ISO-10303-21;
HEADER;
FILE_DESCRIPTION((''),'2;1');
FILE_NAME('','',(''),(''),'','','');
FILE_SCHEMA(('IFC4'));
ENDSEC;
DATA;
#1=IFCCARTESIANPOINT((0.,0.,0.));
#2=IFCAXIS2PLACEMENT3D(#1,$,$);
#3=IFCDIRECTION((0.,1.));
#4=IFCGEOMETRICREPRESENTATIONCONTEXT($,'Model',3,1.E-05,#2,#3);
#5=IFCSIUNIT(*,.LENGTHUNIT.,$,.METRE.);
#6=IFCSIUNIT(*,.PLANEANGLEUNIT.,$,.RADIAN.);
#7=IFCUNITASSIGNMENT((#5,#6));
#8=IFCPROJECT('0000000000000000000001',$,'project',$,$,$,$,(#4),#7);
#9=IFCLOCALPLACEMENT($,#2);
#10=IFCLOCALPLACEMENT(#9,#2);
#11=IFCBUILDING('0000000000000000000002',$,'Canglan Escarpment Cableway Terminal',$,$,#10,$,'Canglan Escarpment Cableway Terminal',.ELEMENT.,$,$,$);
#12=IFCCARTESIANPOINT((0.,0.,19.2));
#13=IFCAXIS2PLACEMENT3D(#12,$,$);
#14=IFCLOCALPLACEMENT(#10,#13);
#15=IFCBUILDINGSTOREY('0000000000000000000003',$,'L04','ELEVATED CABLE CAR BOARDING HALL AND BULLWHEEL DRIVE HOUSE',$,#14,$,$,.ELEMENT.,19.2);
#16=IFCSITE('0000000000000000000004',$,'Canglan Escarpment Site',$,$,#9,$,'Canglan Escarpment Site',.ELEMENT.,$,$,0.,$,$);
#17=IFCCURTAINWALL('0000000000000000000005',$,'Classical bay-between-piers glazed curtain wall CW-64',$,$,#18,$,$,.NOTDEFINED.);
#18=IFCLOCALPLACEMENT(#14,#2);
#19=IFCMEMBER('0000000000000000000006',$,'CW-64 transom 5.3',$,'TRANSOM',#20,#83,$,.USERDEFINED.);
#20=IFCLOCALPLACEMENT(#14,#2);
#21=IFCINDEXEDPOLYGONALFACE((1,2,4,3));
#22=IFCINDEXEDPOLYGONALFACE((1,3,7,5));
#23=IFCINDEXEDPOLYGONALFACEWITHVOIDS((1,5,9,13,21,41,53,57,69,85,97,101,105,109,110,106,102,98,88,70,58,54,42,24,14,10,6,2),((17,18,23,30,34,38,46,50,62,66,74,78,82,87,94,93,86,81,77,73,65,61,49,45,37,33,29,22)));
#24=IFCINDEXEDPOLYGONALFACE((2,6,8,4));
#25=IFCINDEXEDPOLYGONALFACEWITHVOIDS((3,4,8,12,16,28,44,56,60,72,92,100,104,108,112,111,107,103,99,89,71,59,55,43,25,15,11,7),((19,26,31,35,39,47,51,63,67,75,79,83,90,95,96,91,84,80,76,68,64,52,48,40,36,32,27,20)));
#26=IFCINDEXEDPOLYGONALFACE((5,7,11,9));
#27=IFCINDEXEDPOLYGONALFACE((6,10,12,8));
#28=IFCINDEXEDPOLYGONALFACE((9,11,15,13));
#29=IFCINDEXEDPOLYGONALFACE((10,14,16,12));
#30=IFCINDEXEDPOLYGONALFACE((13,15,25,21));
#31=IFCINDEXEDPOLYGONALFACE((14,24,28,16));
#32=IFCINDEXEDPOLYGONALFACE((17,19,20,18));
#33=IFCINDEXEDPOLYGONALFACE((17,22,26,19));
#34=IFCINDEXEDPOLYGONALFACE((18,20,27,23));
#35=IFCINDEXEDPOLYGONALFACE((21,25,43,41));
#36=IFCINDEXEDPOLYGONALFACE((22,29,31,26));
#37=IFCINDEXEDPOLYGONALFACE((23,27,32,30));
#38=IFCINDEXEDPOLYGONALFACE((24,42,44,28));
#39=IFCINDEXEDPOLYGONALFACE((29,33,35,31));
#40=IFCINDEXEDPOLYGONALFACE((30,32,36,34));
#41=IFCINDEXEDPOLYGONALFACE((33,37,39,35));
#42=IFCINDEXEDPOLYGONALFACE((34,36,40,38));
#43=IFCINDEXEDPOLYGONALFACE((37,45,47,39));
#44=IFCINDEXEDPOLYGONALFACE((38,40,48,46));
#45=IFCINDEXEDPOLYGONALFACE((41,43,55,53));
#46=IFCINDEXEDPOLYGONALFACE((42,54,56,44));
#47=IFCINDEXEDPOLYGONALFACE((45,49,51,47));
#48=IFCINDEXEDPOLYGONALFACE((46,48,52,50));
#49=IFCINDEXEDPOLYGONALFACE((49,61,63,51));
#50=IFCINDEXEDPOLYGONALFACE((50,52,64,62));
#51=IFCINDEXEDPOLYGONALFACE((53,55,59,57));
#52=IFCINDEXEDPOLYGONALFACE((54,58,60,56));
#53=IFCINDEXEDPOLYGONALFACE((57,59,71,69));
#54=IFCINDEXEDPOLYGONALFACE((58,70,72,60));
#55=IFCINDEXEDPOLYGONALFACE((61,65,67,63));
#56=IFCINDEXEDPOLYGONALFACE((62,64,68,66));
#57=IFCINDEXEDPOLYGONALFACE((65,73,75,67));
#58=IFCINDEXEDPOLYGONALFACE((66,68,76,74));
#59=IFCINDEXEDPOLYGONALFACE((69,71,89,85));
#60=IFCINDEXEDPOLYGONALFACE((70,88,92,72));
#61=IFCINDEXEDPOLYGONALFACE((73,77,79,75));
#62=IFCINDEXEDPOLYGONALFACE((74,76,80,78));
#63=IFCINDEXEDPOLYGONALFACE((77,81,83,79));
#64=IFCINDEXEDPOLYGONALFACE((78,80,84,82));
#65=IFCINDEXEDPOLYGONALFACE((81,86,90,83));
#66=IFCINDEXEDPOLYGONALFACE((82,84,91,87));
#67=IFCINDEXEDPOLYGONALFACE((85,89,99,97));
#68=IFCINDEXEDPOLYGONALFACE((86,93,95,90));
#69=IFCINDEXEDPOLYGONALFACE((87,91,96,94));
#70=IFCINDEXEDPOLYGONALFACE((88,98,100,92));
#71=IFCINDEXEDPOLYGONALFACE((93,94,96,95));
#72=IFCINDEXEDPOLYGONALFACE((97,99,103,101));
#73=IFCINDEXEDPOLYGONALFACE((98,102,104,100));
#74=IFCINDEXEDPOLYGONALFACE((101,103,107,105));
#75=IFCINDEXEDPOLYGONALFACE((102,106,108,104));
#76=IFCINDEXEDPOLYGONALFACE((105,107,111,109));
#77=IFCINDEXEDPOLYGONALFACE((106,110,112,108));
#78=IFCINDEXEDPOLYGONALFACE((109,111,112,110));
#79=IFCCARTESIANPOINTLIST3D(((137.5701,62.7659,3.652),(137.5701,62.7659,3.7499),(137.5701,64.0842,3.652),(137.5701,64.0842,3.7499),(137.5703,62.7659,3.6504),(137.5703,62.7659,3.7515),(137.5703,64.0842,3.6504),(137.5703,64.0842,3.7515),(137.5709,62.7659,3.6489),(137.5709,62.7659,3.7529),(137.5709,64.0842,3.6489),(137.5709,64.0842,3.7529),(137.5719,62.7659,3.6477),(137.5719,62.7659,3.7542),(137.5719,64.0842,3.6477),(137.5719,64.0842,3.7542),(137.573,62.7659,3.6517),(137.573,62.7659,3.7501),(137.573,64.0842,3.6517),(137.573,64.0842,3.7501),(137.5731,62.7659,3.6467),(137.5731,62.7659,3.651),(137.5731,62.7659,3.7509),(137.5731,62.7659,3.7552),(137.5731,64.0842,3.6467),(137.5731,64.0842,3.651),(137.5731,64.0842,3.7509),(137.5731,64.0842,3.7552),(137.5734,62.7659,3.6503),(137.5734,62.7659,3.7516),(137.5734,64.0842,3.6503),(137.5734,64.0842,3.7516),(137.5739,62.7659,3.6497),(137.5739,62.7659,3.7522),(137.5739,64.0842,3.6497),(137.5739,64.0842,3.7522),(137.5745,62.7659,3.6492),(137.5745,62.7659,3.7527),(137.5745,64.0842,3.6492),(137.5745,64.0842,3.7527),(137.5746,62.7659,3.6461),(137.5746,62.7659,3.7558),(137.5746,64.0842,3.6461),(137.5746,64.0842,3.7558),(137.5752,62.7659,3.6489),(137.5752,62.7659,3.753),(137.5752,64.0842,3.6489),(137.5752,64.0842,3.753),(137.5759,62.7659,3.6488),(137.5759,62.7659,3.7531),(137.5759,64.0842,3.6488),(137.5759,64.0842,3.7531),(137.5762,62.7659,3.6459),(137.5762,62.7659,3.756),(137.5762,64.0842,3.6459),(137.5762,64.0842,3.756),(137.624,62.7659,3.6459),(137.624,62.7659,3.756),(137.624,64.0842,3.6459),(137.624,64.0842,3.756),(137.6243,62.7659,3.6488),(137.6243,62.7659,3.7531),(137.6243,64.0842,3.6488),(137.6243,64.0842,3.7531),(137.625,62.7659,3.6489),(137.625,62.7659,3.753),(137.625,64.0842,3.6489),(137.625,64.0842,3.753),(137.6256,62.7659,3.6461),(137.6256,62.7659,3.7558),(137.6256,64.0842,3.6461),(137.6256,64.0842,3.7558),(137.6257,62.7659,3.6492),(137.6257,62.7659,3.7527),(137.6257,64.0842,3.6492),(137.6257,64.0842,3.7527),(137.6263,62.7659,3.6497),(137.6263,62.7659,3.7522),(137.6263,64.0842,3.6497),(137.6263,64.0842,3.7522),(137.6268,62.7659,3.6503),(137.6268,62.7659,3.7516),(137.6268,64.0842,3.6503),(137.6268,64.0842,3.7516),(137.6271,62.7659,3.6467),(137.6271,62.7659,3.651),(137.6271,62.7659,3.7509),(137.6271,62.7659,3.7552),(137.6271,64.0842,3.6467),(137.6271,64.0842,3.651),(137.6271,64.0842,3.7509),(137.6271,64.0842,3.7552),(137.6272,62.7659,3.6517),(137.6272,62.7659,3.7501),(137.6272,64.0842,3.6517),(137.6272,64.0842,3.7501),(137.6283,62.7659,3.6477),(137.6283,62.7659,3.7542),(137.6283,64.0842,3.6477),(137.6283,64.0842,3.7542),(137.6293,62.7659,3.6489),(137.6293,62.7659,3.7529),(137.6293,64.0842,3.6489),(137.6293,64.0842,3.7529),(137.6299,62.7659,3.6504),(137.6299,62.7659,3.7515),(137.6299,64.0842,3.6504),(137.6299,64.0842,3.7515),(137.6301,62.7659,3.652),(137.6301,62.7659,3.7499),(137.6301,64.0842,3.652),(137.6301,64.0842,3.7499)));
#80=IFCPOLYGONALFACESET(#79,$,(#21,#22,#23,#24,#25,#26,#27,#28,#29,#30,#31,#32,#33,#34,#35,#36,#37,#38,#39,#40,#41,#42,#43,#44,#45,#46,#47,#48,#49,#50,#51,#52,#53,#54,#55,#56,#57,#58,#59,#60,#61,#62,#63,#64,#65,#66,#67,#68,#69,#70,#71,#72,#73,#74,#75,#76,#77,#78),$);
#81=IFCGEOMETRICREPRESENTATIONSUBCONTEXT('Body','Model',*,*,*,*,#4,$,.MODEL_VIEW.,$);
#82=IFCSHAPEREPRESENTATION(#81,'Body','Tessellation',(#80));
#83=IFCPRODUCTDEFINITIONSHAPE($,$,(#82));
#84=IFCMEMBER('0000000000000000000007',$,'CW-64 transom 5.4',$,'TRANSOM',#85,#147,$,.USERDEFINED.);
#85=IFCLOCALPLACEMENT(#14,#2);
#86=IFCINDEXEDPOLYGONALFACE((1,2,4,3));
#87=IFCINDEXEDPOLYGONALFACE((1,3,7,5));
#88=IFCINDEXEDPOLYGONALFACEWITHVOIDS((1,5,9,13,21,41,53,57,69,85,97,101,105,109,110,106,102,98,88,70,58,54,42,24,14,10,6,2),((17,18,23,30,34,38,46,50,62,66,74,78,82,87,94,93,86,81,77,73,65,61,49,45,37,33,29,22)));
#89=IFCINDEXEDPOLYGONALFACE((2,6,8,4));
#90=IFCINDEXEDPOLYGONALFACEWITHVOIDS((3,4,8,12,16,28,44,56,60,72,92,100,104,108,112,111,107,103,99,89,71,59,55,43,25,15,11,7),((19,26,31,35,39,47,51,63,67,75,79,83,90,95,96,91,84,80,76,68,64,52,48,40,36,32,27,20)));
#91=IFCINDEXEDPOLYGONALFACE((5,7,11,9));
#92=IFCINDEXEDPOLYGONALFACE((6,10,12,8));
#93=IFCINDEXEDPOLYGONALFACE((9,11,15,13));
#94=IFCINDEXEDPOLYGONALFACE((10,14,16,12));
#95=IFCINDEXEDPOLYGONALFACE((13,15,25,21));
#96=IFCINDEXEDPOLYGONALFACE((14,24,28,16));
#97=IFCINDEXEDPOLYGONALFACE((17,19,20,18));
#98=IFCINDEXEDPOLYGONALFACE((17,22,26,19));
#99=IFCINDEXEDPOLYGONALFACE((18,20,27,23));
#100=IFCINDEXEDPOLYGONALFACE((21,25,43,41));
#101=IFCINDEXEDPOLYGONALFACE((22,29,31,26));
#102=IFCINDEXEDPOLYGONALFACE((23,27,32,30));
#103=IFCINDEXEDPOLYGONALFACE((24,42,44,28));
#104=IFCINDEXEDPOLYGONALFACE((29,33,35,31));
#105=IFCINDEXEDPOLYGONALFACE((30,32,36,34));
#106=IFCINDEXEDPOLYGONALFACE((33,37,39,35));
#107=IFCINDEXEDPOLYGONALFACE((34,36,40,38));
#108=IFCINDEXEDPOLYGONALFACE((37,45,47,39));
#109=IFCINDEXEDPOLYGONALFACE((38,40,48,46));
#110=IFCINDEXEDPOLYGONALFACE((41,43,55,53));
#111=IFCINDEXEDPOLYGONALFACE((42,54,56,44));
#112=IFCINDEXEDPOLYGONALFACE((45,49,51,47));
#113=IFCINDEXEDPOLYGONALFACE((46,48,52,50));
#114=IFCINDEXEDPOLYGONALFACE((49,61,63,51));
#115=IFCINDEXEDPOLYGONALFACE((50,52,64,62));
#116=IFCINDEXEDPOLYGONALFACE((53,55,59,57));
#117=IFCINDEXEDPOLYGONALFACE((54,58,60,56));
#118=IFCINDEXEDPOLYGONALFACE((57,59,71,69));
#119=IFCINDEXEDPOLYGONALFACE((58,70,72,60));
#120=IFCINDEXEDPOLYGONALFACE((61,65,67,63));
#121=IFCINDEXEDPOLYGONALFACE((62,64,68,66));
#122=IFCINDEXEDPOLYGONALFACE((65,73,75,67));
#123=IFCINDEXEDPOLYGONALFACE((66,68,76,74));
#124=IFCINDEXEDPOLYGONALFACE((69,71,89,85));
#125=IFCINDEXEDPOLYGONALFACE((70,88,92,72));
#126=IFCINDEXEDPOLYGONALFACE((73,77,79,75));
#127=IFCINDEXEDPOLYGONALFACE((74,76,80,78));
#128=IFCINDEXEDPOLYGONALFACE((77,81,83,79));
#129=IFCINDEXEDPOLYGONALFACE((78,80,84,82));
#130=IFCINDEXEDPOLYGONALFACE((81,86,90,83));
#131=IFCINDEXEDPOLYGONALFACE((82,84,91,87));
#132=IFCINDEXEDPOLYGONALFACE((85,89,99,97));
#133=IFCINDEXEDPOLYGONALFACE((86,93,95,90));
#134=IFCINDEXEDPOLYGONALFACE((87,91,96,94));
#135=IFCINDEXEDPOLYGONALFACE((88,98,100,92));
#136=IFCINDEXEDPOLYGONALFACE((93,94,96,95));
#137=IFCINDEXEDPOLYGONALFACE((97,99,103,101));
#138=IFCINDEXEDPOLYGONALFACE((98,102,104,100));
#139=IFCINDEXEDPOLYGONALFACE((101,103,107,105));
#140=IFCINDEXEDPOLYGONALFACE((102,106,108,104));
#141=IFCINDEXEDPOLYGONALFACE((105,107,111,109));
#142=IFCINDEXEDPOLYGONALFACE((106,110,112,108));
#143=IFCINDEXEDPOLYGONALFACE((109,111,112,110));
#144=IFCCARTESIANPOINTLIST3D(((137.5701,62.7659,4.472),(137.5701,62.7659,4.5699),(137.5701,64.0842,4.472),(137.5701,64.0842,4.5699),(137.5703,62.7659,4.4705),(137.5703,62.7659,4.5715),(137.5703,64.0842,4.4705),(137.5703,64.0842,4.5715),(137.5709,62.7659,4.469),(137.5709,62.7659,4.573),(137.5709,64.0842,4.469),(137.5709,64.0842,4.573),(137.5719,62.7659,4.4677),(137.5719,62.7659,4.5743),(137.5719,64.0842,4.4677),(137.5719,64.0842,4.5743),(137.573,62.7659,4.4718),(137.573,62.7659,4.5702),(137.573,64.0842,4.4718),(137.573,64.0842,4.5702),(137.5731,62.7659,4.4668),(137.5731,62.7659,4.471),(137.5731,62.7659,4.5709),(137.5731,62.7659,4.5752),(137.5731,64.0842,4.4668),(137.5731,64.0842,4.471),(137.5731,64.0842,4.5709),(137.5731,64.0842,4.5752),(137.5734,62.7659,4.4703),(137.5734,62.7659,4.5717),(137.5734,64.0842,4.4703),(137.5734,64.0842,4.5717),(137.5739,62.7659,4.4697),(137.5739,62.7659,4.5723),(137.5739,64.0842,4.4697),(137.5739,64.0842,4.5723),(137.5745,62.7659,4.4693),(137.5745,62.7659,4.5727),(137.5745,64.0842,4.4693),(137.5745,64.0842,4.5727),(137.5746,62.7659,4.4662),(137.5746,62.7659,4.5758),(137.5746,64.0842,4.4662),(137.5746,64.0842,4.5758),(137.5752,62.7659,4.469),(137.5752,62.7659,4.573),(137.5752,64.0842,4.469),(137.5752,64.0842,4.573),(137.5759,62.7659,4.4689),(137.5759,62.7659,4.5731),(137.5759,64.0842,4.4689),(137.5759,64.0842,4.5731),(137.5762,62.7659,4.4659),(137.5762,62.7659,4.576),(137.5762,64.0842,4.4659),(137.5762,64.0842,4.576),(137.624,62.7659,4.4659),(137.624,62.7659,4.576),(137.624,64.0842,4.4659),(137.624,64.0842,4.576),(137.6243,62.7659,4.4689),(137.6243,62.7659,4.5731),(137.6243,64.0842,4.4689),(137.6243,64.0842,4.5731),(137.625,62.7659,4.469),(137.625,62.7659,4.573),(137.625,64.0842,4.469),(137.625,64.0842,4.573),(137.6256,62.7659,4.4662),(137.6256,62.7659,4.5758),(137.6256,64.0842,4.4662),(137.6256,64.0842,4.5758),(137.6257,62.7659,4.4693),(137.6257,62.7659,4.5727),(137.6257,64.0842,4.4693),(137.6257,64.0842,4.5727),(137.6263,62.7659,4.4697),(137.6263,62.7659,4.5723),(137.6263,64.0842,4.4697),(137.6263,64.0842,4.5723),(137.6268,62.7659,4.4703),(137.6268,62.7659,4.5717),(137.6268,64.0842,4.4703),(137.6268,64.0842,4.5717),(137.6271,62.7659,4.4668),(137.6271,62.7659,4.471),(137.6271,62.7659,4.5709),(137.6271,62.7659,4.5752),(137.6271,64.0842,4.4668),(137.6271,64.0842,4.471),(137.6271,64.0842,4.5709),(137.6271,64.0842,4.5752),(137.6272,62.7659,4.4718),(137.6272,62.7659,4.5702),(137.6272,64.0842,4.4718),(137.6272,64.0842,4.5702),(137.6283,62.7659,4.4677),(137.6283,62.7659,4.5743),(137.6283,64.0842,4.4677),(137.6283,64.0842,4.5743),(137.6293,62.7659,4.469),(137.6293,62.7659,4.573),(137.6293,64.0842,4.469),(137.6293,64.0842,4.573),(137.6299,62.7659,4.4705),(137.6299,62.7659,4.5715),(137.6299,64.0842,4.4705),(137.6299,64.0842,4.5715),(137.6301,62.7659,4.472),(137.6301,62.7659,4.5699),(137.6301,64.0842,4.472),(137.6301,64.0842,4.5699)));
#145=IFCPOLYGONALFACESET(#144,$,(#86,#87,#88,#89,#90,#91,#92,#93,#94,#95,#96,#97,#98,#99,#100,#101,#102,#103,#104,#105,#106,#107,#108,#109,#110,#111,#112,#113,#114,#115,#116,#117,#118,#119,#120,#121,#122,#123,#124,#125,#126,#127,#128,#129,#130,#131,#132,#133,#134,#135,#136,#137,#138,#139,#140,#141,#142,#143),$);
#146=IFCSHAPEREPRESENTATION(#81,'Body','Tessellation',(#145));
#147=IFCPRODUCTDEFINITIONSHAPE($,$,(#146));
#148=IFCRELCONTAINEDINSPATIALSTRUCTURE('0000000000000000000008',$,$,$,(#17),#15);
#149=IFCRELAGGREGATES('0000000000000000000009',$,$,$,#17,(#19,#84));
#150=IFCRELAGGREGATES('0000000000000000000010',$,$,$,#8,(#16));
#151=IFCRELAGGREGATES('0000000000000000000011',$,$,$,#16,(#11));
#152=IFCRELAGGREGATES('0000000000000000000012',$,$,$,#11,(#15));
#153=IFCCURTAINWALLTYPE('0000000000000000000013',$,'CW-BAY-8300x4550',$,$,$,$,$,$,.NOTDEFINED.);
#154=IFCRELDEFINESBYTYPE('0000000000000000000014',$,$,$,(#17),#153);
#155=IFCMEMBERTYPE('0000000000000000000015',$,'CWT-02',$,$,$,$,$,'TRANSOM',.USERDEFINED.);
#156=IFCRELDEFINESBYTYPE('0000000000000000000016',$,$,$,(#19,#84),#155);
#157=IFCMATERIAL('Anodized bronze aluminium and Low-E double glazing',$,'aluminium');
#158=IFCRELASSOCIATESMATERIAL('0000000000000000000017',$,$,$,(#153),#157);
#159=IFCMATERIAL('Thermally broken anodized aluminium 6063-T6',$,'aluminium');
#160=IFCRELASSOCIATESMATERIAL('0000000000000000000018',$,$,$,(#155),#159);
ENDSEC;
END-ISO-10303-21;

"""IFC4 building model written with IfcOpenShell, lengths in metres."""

from ifc_helpers import new_model, si_unit, direction, frame, origin, origin_2d, place, context, subcontext, project, spatial, hollow_rectangle, extrude, material, material_profile, profile_set, type_object, element, aggregate, save


model = new_model("IFC4")

# Units and contexts
model_context = context("Model", 3, precision=1e-05, world=origin(), true_north=direction((0.0, 1.0)))
body_context = subcontext(model_context, "Body", "Model", "MODEL_VIEW")
ifc_project = project(units=[si_unit("LENGTHUNIT", "METRE"), si_unit("PLANEANGLEUNIT", "RADIAN")], contexts=[model_context])

# Site, building, storey
site_placement = place(None, origin())
site = spatial("IfcSite", under=ifc_project, at=site_placement, Name="Canglan Escarpment Site", LongName="Canglan Escarpment Site", CompositionType="ELEMENT", RefElevation=0.0)
building_placement = place(site_placement, origin())
building = spatial("IfcBuilding", under=site, at=building_placement, Name="Canglan Escarpment Cableway Terminal", LongName="Canglan Escarpment Cableway Terminal", CompositionType="ELEMENT")
storey_placement = place(building_placement, frame((0.0, 0.0, 19.2)))
storey = spatial("IfcBuildingStorey", under=building, at=storey_placement, Name="L04", Description="ELEVATED CABLE CAR BOARDING HALL AND BULLWHEEL DRIVE HOUSE", CompositionType="ELEMENT", Elevation=19.2)

# Curtain wall
ifc_material_1 = material(Name="Anodized bronze aluminium and Low-E double glazing", Category="aluminium")
curtain_wall_type = type_object("IfcCurtainWallType", Name="CW-BAY-8300x4550", PredefinedType="NOTDEFINED", material=ifc_material_1)
ifc_material_2 = material(Name="Thermally broken anodized aluminium 6063-T6", Category="aluminium")
curtain_wall_1_placement = place(storey_placement, origin())
curtain_wall_1 = element("IfcCurtainWall", 1, at=curtain_wall_1_placement, inside=storey, type_object=curtain_wall_type, Name="Classical bay-between-piers glazed curtain wall CW-64", PredefinedType="NOTDEFINED")

# Members
ifc_material_profile_1 = material_profile(ifc_material_2, hollow_rectangle(XDim=0.0601, YDim=0.1101, WallThickness=0.0029, InnerFilletRadius=0.0029, OuterFilletRadius=0.0061, at=origin_2d()), Name="ALU-TRAN 60x110x3")
ifc_profile_set_1 = profile_set([ifc_material_profile_1], Name="Thermally broken anodized aluminium 6063-T6")
member_type_1 = type_object("IfcMemberType", Name="CWT-02", ElementType="TRANSOM", PredefinedType="USERDEFINED", material=ifc_profile_set_1)
member_1_placement = place(storey_placement, frame((137.6001, 64.0842, 3.7009), z_axis=(0.0, -1.0, 0.0), x_axis=(1.0, 0.0, 0.0)))
member_1 = element("IfcMember", 2, at=member_1_placement, type_object=member_type_1, Name="CW-64 transom 5.3", ObjectType="TRANSOM", PredefinedType="USERDEFINED", context=body_context, shape_type="SweptSolid", body=[
    extrude(hollow_rectangle(XDim=0.0601, YDim=0.1101, WallThickness=0.0029, InnerFilletRadius=0.0029, OuterFilletRadius=0.0061, at=origin_2d()), origin(), (0.0, 0.0, 1.0), 1.3184),
])
member_2_placement = place(storey_placement, frame((137.6001, 64.0842, 4.521), z_axis=(0.0, -1.0, 0.0), x_axis=(1.0, 0.0, 0.0)))
member_2 = element("IfcMember", 3, at=member_2_placement, type_object=member_type_1, Name="CW-64 transom 5.4", ObjectType="TRANSOM", PredefinedType="USERDEFINED", context=body_context, shape_type="SweptSolid", body=[
    extrude(hollow_rectangle(XDim=0.0601, YDim=0.1101, WallThickness=0.0029, InnerFilletRadius=0.0029, OuterFilletRadius=0.0061, at=origin_2d()), origin(), (0.0, 0.0, 1.0), 1.3184),
])

aggregate(curtain_wall_1, [member_1, member_2])

save(model, "model.ifc")
